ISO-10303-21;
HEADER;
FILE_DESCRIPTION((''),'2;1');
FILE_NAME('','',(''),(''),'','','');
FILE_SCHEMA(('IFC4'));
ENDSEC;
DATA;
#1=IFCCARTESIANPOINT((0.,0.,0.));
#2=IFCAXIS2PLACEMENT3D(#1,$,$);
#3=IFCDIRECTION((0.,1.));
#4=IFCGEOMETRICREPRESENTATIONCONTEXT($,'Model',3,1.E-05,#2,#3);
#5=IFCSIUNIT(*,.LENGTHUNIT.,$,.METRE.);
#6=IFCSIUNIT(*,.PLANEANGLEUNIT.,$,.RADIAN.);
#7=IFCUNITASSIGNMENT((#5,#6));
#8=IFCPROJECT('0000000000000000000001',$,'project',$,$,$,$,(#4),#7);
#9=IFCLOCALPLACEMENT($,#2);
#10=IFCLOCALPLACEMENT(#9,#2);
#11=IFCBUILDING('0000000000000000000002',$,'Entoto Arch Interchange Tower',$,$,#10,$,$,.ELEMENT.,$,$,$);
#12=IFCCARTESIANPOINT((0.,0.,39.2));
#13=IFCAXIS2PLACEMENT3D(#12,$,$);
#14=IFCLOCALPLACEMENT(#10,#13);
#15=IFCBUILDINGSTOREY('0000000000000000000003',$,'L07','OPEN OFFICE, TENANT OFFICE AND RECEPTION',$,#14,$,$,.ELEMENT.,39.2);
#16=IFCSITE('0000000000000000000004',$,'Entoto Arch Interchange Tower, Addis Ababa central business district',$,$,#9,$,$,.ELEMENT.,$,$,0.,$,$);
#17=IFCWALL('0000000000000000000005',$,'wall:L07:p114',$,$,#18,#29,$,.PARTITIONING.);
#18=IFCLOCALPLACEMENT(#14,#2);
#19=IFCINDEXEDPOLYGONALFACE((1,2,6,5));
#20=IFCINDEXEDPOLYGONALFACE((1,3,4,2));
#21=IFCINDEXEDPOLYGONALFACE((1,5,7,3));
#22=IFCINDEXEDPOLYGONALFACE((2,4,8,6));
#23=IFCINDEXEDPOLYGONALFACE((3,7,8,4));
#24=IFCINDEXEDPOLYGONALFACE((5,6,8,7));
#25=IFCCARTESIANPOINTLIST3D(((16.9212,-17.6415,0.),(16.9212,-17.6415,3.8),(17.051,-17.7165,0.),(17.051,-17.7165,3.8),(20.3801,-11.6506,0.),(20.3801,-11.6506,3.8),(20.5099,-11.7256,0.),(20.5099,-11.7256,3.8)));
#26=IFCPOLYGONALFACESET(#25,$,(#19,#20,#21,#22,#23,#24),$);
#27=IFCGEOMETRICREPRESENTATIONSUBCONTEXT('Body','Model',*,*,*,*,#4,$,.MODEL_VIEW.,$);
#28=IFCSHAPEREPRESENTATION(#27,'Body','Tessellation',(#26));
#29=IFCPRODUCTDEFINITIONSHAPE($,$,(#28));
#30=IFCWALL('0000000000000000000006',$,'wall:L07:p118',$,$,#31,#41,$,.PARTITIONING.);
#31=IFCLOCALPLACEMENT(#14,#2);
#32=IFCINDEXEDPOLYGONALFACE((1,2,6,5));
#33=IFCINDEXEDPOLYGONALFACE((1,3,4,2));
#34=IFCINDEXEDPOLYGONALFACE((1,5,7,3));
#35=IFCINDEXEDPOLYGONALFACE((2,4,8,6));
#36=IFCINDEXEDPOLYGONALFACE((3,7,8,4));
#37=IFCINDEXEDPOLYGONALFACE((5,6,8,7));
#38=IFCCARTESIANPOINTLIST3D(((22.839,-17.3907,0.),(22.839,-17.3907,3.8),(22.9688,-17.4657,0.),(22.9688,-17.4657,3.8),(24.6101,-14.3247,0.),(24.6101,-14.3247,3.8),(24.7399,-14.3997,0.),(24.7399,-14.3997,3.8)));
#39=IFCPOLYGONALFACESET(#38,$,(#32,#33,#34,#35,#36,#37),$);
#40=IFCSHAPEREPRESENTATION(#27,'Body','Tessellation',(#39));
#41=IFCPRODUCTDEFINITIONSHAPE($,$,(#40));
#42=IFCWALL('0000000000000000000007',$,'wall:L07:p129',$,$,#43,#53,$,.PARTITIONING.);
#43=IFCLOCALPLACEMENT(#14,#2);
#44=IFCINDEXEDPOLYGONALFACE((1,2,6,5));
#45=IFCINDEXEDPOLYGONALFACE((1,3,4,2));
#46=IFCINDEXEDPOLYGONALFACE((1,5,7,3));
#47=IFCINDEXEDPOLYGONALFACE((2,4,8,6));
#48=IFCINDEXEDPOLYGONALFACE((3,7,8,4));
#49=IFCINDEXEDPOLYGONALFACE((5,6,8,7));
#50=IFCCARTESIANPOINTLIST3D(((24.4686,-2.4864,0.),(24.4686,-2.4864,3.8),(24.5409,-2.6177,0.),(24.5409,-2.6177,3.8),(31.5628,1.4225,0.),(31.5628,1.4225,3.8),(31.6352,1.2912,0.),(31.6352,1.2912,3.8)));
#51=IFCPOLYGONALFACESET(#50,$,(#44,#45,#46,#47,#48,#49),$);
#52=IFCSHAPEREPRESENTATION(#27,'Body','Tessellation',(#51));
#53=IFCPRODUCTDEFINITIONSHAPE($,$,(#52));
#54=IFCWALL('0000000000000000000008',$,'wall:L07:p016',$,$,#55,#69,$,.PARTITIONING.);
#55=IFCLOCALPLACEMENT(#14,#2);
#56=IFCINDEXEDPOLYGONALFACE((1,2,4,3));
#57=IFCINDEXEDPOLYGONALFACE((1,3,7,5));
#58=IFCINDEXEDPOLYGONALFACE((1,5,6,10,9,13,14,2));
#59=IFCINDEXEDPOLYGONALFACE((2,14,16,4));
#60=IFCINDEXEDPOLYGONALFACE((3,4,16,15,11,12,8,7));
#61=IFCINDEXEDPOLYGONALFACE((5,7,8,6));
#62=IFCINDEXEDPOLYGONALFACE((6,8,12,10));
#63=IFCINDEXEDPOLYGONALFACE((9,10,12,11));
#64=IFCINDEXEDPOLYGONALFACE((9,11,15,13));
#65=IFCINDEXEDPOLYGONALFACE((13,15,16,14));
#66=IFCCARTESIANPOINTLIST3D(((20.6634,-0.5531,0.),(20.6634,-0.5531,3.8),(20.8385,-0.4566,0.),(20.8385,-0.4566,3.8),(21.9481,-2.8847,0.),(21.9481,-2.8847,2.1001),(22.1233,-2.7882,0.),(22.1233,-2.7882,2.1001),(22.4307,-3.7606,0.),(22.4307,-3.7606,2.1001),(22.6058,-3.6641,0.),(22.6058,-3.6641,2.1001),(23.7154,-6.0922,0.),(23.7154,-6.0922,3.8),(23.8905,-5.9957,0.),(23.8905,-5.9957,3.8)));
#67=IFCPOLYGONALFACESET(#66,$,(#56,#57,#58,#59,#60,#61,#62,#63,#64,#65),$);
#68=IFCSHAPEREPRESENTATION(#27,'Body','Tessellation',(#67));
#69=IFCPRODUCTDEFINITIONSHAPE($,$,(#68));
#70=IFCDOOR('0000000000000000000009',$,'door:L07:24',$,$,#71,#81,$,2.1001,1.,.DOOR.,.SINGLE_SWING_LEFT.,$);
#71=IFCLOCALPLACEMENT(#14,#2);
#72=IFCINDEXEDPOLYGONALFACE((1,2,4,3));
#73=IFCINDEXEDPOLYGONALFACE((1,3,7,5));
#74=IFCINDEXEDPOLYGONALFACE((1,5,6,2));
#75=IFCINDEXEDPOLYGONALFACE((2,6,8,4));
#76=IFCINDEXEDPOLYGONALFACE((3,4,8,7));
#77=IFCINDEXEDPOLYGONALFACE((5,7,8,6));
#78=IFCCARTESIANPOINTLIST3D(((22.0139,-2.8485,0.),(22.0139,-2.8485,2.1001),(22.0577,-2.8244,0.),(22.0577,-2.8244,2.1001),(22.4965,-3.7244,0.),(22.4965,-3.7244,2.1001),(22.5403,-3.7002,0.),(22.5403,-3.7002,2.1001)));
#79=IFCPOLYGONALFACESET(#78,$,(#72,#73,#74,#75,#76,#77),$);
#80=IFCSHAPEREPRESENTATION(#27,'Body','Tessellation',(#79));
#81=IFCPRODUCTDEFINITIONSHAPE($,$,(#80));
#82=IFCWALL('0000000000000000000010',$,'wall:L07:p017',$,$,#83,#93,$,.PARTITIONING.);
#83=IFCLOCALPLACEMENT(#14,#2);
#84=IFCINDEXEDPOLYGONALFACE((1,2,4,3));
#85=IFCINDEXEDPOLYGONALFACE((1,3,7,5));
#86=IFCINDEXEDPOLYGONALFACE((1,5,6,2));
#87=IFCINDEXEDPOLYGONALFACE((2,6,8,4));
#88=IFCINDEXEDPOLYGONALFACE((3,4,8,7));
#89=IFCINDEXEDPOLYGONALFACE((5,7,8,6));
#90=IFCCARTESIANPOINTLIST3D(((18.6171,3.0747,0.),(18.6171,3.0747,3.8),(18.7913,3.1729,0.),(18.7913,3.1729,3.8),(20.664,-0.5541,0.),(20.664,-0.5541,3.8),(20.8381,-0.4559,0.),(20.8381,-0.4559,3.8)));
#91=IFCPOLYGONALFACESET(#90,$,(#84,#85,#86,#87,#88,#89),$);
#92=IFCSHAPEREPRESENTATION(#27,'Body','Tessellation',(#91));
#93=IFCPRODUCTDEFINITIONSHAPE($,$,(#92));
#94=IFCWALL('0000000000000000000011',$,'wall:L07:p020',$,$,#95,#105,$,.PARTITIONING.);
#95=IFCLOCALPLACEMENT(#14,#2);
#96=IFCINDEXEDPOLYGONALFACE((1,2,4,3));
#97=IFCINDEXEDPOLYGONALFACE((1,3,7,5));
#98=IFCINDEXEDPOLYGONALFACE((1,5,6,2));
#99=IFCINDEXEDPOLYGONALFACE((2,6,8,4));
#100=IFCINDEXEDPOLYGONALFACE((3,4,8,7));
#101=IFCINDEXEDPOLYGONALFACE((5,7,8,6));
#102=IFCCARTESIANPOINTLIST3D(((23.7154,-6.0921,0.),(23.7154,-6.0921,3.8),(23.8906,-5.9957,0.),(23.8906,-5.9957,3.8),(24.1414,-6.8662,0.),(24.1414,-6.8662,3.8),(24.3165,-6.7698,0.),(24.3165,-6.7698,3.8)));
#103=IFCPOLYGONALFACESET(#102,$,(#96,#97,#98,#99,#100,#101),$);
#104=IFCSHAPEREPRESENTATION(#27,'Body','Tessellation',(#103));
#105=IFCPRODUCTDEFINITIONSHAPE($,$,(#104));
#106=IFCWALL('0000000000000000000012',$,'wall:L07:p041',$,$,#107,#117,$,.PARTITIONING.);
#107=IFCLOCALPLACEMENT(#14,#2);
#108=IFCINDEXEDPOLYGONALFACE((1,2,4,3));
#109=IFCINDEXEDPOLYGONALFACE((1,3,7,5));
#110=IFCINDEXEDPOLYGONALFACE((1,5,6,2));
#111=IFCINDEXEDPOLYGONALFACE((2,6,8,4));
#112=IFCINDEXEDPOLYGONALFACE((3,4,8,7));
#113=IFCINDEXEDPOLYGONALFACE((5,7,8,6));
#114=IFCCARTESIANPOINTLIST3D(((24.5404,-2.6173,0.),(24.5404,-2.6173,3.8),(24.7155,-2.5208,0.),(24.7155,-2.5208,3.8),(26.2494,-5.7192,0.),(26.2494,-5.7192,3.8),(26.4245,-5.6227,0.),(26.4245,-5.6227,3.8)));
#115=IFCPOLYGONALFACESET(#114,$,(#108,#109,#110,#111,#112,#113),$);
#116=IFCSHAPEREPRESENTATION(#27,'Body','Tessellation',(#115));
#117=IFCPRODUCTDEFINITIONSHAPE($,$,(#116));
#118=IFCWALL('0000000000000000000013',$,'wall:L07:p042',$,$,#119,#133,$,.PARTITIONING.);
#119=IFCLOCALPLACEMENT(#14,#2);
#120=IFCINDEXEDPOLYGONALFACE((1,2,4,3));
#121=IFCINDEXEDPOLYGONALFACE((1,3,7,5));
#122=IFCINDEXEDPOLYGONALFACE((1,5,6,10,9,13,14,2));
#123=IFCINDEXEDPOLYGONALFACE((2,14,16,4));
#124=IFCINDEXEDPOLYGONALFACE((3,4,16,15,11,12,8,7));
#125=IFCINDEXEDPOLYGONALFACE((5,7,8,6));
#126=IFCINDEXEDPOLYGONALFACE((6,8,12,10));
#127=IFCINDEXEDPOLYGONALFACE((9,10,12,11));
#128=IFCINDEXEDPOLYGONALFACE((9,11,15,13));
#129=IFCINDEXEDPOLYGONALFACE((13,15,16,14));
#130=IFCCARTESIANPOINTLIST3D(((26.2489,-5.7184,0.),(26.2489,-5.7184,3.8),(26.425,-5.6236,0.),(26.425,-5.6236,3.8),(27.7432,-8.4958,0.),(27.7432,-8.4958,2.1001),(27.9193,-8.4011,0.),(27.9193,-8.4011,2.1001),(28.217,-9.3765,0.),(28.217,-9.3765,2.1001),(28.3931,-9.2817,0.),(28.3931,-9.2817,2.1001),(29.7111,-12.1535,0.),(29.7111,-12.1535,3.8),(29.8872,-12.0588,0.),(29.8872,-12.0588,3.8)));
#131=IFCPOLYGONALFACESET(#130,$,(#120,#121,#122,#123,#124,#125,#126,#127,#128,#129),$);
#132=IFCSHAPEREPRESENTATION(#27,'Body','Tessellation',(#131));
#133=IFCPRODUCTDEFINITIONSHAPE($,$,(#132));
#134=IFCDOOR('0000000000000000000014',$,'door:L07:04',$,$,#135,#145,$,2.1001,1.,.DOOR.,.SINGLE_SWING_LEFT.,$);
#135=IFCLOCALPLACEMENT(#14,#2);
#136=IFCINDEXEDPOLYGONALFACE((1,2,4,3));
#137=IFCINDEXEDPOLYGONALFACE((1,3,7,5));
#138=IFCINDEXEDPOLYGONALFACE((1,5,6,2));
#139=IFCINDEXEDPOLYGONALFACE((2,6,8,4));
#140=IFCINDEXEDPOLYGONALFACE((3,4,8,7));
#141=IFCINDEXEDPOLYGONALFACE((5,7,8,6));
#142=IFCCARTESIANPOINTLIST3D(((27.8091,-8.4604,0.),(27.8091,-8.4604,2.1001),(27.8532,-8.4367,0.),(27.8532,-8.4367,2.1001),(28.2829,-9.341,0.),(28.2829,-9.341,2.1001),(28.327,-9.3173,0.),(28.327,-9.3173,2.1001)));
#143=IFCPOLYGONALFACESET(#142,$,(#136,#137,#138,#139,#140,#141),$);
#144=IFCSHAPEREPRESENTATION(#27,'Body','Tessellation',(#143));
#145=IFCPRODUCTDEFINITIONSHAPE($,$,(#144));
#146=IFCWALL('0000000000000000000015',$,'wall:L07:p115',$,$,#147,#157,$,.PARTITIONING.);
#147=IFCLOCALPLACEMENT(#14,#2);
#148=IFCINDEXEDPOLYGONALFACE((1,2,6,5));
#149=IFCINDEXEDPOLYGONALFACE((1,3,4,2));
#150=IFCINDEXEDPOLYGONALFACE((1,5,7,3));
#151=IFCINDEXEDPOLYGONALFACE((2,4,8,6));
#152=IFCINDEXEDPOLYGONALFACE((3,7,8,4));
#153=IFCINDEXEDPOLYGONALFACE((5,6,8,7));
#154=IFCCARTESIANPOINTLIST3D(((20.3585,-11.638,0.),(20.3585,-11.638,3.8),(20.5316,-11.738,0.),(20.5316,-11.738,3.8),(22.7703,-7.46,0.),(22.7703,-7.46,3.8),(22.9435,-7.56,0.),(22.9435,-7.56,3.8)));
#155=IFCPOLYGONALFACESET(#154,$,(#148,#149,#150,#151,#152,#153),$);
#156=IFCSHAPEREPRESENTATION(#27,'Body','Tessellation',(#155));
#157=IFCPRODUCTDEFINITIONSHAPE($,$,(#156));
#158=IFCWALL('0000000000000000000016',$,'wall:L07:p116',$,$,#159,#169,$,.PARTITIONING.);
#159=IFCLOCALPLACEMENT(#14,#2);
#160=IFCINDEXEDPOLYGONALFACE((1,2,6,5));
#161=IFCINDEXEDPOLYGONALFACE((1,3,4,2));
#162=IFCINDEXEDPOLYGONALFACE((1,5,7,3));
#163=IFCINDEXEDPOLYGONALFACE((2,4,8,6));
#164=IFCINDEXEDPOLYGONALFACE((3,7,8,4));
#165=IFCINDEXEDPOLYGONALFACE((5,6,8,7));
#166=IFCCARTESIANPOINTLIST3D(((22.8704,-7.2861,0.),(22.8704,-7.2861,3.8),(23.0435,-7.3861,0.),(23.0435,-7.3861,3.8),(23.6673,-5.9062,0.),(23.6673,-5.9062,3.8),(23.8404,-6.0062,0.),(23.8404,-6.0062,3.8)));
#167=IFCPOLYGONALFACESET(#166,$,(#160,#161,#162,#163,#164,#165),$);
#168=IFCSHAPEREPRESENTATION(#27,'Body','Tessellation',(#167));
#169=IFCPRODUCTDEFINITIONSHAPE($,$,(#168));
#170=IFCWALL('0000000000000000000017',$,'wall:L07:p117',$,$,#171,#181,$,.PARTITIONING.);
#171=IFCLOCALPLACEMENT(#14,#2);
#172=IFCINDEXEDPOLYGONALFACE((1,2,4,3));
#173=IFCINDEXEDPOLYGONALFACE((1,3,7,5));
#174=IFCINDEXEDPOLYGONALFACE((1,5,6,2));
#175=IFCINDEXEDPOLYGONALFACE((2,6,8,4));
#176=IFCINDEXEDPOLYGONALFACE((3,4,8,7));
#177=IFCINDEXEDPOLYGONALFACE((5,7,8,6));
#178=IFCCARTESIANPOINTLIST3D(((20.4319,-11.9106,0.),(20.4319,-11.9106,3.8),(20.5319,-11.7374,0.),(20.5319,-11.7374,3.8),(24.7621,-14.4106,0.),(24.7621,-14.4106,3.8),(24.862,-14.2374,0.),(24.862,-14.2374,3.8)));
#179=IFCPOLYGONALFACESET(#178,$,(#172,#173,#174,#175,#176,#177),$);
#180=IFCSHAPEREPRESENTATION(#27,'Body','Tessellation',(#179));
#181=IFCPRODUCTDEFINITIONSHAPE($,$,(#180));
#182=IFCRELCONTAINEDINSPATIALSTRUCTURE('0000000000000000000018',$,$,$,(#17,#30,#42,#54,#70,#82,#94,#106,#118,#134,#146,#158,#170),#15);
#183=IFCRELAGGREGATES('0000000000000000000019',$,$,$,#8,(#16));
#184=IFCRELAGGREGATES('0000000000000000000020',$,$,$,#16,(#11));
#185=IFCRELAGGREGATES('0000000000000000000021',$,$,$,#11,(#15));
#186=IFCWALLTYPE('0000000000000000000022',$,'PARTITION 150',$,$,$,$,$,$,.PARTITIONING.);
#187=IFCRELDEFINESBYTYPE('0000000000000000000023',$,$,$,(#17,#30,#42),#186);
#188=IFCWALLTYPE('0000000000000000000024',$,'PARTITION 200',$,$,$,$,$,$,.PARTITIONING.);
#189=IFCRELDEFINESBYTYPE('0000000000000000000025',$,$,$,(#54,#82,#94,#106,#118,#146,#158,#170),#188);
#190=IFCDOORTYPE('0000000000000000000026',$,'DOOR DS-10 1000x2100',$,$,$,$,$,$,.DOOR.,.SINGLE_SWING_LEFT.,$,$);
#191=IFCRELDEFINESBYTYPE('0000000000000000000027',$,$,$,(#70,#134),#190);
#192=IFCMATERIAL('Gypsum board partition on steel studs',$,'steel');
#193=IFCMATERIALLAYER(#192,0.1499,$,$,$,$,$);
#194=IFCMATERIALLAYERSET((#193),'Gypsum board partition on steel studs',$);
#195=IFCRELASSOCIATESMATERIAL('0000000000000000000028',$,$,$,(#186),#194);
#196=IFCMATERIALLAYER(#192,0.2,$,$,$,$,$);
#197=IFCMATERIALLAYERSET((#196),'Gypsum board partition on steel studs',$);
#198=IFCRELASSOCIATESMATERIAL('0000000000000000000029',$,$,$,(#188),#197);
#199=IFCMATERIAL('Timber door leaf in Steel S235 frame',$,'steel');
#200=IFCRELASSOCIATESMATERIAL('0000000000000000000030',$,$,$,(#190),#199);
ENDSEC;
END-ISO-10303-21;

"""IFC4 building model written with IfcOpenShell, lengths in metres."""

from ifc_helpers import new_model, si_unit, direction, frame, frame_2d, origin, place, context, subcontext, project, spatial, rectangle, extrude, material, layer, layer_set, type_object, element, fill, save


model = new_model("IFC4")

# Units and contexts
model_context = context("Model", 3, precision=1e-05, world=origin(), true_north=direction((0.0, 1.0)))
body_context = subcontext(model_context, "Body", "Model", "MODEL_VIEW")
ifc_project = project(units=[si_unit("LENGTHUNIT", "METRE"), si_unit("PLANEANGLEUNIT", "RADIAN")], contexts=[model_context])

# Site, building, storey
site_placement = place(None, origin())
site = spatial("IfcSite", under=ifc_project, at=site_placement, Name="Entoto Arch Interchange Tower, Addis Ababa central business district", CompositionType="ELEMENT", RefElevation=0.0)
building_placement = place(site_placement, origin())
building = spatial("IfcBuilding", under=site, at=building_placement, Name="Entoto Arch Interchange Tower", CompositionType="ELEMENT")
storey_placement = place(building_placement, frame((0.0, 0.0, 39.2)))
storey = spatial("IfcBuildingStorey", under=building, at=storey_placement, Name="L07", Description="OPEN OFFICE, TENANT OFFICE AND RECEPTION", CompositionType="ELEMENT", Elevation=39.2)

# Walls
ifc_material_1 = material(Name="Gypsum board partition on steel studs", Category="steel")
ifc_layer_1 = layer(ifc_material_1, 0.1499)
ifc_layer_set_1 = layer_set([ifc_layer_1], Name="Gypsum board partition on steel studs")
wall_type_1 = type_object("IfcWallType", Name="PARTITION 150", PredefinedType="PARTITIONING", material=ifc_layer_set_1)
wall_1_placement = place(storey_placement, frame((20.4451, -11.688, 0.0), z_axis=(0.0, 0.0, 1.0), x_axis=(-0.500011, -0.866019, 0.0)))
element("IfcWall", 1, at=wall_1_placement, inside=storey, type_object=wall_type_1, Name="wall:L07:p114", PredefinedType="PARTITIONING", context=body_context, shape_type="SweptSolid", body=[
    extrude(rectangle(XDim=6.9177, YDim=0.1499, at=frame_2d((3.459, 0.0))), origin(), (0.0, 0.0, 1.0), 3.8),
])
wall_2_placement = place(storey_placement, frame((24.675, -14.3621, 0.0), z_axis=(0.0, 0.0, 1.0), x_axis=(-0.500188, -0.865917, 0.0)))
element("IfcWall", 2, at=wall_2_placement, inside=storey, type_object=wall_type_1, Name="wall:L07:p118", PredefinedType="PARTITIONING", context=body_context, shape_type="SweptSolid", body=[
    extrude(rectangle(XDim=3.5408, YDim=0.1499, at=frame_2d((1.7705, 0.0))), origin(), (0.0, 0.0, 1.0), 3.8),
])
wall_3_placement = place(storey_placement, frame((24.5049, -2.552, 0.0), z_axis=(0.0, 0.0, 1.0), x_axis=(0.875845, 0.482592, 0.0)))
element("IfcWall", 3, at=wall_3_placement, inside=storey, type_object=wall_type_1, Name="wall:L07:p129", PredefinedType="PARTITIONING", context=body_context, shape_type="SweptSolid", body=[
    extrude(rectangle(XDim=8.0999, YDim=0.1499, at=frame_2d((4.0498, 0.0))), origin(), (0.0, 0.0, 1.0), 3.8),
])

# Wall, opening, door
ifc_layer_2 = layer(ifc_material_1, 0.2)
ifc_layer_set_2 = layer_set([ifc_layer_2], Name="Gypsum board partition on steel studs")
wall_type_2 = type_object("IfcWallType", Name="PARTITION 200", PredefinedType="PARTITIONING", material=ifc_layer_set_2)
wall_4_placement = place(storey_placement, frame((23.803, -6.0439, 0.0), z_axis=(0.0, 0.0, 1.0), x_axis=(-0.482588, 0.875847, 0.0)))
wall_4 = element("IfcWall", 4, at=wall_4_placement, inside=storey, type_object=wall_type_2, Name="wall:L07:p016", PredefinedType="PARTITIONING", context=body_context, shape_type="SweptSolid", body=[
    extrude(rectangle(XDim=6.3242, YDim=0.2, at=frame_2d((3.1621, 0.0))), origin(), (0.0, 0.0, 1.0), 3.8),
])
opening_1_placement = place(wall_4_placement, frame((2.6621, 0.0, 0.0)))
opening_1 = element("IfcOpeningElement", 5, at=opening_1_placement, cuts=wall_4, PredefinedType="OPENING", context=body_context, shape_type="SweptSolid", body=[
    extrude(rectangle(XDim=1.0, YDim=2.1001, at=frame_2d((0.5, 1.05))), frame((0.0, 0.1099, 0.0), z_axis=(0.0, -1.0, 0.0), x_axis=(1.0, 0.0, 0.0)), (0.0, 0.0, 1.0), 0.22),
])
ifc_material_2 = material(Name="Timber door leaf in Steel S235 frame", Category="steel")
door_type = type_object("IfcDoorType", Name="DOOR DS-10 1000x2100", OperationType="SINGLE_SWING_LEFT", PredefinedType="DOOR", material=ifc_material_2)
door_1_placement = place(opening_1_placement, origin())
door_1 = element("IfcDoor", 6, at=door_1_placement, inside=storey, type_object=door_type, Name="door:L07:24", OperationType="SINGLE_SWING_LEFT", OverallHeight=2.1001, OverallWidth=1.0, PredefinedType="DOOR", context=body_context, shape_type="SweptSolid", body=[
    extrude(rectangle(XDim=1.0, YDim=2.1001, at=frame_2d((0.5, 1.05))), frame((0.0, 0.0249, 0.0), z_axis=(0.0, -1.0, 0.0), x_axis=(1.0, 0.0, 0.0)), (0.0, 0.0, 1.0), 0.05),
])
fill(opening_1, door_1)

# Walls
wall_5_placement = place(storey_placement, frame((20.751, -0.5049, 0.0), z_axis=(0.0, 0.0, 1.0), x_axis=(-0.491285, 0.870999, 0.0)))
element("IfcWall", 7, at=wall_5_placement, inside=storey, type_object=wall_type_2, Name="wall:L07:p017", PredefinedType="PARTITIONING", context=body_context, shape_type="SweptSolid", body=[
    extrude(rectangle(XDim=4.1663, YDim=0.2, at=frame_2d((2.083, 0.0))), origin(), (0.0, 0.0, 1.0), 3.8),
])
wall_6_placement = place(storey_placement, frame((24.229, -6.8181, 0.0), z_axis=(0.0, 0.0, 1.0), x_axis=(-0.48212, 0.876105, 0.0)))
element("IfcWall", 8, at=wall_6_placement, inside=storey, type_object=wall_type_2, Name="wall:L07:p020", PredefinedType="PARTITIONING", context=body_context, shape_type="SweptSolid", body=[
    extrude(rectangle(XDim=0.8835, YDim=0.2, at=frame_2d((0.4419, 0.0))), origin(), (0.0, 0.0, 1.0), 3.8),
])
wall_7_placement = place(storey_placement, frame((24.6279, -2.5691, 0.0), z_axis=(0.0, 0.0, 1.0), x_axis=(0.482567, -0.875859, 0.0)))
element("IfcWall", 9, at=wall_7_placement, inside=storey, type_object=wall_type_2, Name="wall:L07:p041", PredefinedType="PARTITIONING", context=body_context, shape_type="SweptSolid", body=[
    extrude(rectangle(XDim=3.5415, YDim=0.2, at=frame_2d((1.7708, 0.0))), origin(), (0.0, 0.0, 1.0), 3.8),
])

# Wall, opening, door
wall_8_placement = place(storey_placement, frame((26.3369, -5.6709, 0.0), z_axis=(0.0, 0.0, 1.0), x_axis=(0.473795, -0.880635, 0.0)))
wall_8 = element("IfcWall", 10, at=wall_8_placement, inside=storey, type_object=wall_type_2, Name="wall:L07:p042", PredefinedType="PARTITIONING", context=body_context, shape_type="SweptSolid", body=[
    extrude(rectangle(XDim=7.3074, YDim=0.2, at=frame_2d((3.6538, 0.0))), origin(), (0.0, 0.0, 1.0), 3.8),
])
opening_2_placement = place(wall_8_placement, frame((3.1541, 0.0, 0.0)))
opening_2 = element("IfcOpeningElement", 11, at=opening_2_placement, cuts=wall_8, PredefinedType="OPENING", context=body_context, shape_type="SweptSolid", body=[
    extrude(rectangle(XDim=1.0, YDim=2.1001, at=frame_2d((0.5, 1.05))), frame((0.0, 0.1099, 0.0), z_axis=(0.0, -1.0, 0.0), x_axis=(1.0, 0.0, 0.0)), (0.0, 0.0, 1.0), 0.22),
])
door_2_placement = place(opening_2_placement, origin())
door_2 = element("IfcDoor", 12, at=door_2_placement, inside=storey, type_object=door_type, Name="door:L07:04", OperationType="SINGLE_SWING_LEFT", OverallHeight=2.1001, OverallWidth=1.0, PredefinedType="DOOR", context=body_context, shape_type="SweptSolid", body=[
    extrude(rectangle(XDim=1.0, YDim=2.1001, at=frame_2d((0.5, 1.05))), frame((0.0, 0.0249, 0.0), z_axis=(0.0, -1.0, 0.0), x_axis=(1.0, 0.0, 0.0)), (0.0, 0.0, 1.0), 0.05),
])
fill(opening_2, door_2)

# Walls
wall_9_placement = place(storey_placement, frame((22.8569, -7.51, 0.0), z_axis=(0.0, 0.0, 1.0), x_axis=(-0.499955, -0.866052, 0.0)))
element("IfcWall", 13, at=wall_9_placement, inside=storey, type_object=wall_type_2, Name="wall:L07:p115", PredefinedType="PARTITIONING", context=body_context, shape_type="SweptSolid", body=[
    extrude(rectangle(XDim=4.8242, YDim=0.2, at=frame_2d((2.4121, 0.0))), origin(), (0.0, 0.0, 1.0), 3.8),
])
wall_10_placement = place(storey_placement, frame((23.7539, -5.9561, 0.0), z_axis=(0.0, 0.0, 1.0), x_axis=(-0.500094, -0.865971, 0.0)))
element("IfcWall", 14, at=wall_10_placement, inside=storey, type_object=wall_type_2, Name="wall:L07:p116", PredefinedType="PARTITIONING", context=body_context, shape_type="SweptSolid", body=[
    extrude(rectangle(XDim=1.5935, YDim=0.2, at=frame_2d((0.7969, 0.0))), origin(), (0.0, 0.0, 1.0), 3.8),
])
wall_11_placement = place(storey_placement, frame((20.4819, -11.824, 0.0), z_axis=(0.0, 0.0, 1.0), x_axis=(0.866023, -0.500004, 0.0)))
element("IfcWall", 15, at=wall_11_placement, inside=storey, type_object=wall_type_2, Name="wall:L07:p117", PredefinedType="PARTITIONING", context=body_context, shape_type="SweptSolid", body=[
    extrude(rectangle(XDim=5.0, YDim=0.2, at=frame_2d((2.5, 0.0))), origin(), (0.0, 0.0, 1.0), 3.8),
])

save(model, "model.ifc")
